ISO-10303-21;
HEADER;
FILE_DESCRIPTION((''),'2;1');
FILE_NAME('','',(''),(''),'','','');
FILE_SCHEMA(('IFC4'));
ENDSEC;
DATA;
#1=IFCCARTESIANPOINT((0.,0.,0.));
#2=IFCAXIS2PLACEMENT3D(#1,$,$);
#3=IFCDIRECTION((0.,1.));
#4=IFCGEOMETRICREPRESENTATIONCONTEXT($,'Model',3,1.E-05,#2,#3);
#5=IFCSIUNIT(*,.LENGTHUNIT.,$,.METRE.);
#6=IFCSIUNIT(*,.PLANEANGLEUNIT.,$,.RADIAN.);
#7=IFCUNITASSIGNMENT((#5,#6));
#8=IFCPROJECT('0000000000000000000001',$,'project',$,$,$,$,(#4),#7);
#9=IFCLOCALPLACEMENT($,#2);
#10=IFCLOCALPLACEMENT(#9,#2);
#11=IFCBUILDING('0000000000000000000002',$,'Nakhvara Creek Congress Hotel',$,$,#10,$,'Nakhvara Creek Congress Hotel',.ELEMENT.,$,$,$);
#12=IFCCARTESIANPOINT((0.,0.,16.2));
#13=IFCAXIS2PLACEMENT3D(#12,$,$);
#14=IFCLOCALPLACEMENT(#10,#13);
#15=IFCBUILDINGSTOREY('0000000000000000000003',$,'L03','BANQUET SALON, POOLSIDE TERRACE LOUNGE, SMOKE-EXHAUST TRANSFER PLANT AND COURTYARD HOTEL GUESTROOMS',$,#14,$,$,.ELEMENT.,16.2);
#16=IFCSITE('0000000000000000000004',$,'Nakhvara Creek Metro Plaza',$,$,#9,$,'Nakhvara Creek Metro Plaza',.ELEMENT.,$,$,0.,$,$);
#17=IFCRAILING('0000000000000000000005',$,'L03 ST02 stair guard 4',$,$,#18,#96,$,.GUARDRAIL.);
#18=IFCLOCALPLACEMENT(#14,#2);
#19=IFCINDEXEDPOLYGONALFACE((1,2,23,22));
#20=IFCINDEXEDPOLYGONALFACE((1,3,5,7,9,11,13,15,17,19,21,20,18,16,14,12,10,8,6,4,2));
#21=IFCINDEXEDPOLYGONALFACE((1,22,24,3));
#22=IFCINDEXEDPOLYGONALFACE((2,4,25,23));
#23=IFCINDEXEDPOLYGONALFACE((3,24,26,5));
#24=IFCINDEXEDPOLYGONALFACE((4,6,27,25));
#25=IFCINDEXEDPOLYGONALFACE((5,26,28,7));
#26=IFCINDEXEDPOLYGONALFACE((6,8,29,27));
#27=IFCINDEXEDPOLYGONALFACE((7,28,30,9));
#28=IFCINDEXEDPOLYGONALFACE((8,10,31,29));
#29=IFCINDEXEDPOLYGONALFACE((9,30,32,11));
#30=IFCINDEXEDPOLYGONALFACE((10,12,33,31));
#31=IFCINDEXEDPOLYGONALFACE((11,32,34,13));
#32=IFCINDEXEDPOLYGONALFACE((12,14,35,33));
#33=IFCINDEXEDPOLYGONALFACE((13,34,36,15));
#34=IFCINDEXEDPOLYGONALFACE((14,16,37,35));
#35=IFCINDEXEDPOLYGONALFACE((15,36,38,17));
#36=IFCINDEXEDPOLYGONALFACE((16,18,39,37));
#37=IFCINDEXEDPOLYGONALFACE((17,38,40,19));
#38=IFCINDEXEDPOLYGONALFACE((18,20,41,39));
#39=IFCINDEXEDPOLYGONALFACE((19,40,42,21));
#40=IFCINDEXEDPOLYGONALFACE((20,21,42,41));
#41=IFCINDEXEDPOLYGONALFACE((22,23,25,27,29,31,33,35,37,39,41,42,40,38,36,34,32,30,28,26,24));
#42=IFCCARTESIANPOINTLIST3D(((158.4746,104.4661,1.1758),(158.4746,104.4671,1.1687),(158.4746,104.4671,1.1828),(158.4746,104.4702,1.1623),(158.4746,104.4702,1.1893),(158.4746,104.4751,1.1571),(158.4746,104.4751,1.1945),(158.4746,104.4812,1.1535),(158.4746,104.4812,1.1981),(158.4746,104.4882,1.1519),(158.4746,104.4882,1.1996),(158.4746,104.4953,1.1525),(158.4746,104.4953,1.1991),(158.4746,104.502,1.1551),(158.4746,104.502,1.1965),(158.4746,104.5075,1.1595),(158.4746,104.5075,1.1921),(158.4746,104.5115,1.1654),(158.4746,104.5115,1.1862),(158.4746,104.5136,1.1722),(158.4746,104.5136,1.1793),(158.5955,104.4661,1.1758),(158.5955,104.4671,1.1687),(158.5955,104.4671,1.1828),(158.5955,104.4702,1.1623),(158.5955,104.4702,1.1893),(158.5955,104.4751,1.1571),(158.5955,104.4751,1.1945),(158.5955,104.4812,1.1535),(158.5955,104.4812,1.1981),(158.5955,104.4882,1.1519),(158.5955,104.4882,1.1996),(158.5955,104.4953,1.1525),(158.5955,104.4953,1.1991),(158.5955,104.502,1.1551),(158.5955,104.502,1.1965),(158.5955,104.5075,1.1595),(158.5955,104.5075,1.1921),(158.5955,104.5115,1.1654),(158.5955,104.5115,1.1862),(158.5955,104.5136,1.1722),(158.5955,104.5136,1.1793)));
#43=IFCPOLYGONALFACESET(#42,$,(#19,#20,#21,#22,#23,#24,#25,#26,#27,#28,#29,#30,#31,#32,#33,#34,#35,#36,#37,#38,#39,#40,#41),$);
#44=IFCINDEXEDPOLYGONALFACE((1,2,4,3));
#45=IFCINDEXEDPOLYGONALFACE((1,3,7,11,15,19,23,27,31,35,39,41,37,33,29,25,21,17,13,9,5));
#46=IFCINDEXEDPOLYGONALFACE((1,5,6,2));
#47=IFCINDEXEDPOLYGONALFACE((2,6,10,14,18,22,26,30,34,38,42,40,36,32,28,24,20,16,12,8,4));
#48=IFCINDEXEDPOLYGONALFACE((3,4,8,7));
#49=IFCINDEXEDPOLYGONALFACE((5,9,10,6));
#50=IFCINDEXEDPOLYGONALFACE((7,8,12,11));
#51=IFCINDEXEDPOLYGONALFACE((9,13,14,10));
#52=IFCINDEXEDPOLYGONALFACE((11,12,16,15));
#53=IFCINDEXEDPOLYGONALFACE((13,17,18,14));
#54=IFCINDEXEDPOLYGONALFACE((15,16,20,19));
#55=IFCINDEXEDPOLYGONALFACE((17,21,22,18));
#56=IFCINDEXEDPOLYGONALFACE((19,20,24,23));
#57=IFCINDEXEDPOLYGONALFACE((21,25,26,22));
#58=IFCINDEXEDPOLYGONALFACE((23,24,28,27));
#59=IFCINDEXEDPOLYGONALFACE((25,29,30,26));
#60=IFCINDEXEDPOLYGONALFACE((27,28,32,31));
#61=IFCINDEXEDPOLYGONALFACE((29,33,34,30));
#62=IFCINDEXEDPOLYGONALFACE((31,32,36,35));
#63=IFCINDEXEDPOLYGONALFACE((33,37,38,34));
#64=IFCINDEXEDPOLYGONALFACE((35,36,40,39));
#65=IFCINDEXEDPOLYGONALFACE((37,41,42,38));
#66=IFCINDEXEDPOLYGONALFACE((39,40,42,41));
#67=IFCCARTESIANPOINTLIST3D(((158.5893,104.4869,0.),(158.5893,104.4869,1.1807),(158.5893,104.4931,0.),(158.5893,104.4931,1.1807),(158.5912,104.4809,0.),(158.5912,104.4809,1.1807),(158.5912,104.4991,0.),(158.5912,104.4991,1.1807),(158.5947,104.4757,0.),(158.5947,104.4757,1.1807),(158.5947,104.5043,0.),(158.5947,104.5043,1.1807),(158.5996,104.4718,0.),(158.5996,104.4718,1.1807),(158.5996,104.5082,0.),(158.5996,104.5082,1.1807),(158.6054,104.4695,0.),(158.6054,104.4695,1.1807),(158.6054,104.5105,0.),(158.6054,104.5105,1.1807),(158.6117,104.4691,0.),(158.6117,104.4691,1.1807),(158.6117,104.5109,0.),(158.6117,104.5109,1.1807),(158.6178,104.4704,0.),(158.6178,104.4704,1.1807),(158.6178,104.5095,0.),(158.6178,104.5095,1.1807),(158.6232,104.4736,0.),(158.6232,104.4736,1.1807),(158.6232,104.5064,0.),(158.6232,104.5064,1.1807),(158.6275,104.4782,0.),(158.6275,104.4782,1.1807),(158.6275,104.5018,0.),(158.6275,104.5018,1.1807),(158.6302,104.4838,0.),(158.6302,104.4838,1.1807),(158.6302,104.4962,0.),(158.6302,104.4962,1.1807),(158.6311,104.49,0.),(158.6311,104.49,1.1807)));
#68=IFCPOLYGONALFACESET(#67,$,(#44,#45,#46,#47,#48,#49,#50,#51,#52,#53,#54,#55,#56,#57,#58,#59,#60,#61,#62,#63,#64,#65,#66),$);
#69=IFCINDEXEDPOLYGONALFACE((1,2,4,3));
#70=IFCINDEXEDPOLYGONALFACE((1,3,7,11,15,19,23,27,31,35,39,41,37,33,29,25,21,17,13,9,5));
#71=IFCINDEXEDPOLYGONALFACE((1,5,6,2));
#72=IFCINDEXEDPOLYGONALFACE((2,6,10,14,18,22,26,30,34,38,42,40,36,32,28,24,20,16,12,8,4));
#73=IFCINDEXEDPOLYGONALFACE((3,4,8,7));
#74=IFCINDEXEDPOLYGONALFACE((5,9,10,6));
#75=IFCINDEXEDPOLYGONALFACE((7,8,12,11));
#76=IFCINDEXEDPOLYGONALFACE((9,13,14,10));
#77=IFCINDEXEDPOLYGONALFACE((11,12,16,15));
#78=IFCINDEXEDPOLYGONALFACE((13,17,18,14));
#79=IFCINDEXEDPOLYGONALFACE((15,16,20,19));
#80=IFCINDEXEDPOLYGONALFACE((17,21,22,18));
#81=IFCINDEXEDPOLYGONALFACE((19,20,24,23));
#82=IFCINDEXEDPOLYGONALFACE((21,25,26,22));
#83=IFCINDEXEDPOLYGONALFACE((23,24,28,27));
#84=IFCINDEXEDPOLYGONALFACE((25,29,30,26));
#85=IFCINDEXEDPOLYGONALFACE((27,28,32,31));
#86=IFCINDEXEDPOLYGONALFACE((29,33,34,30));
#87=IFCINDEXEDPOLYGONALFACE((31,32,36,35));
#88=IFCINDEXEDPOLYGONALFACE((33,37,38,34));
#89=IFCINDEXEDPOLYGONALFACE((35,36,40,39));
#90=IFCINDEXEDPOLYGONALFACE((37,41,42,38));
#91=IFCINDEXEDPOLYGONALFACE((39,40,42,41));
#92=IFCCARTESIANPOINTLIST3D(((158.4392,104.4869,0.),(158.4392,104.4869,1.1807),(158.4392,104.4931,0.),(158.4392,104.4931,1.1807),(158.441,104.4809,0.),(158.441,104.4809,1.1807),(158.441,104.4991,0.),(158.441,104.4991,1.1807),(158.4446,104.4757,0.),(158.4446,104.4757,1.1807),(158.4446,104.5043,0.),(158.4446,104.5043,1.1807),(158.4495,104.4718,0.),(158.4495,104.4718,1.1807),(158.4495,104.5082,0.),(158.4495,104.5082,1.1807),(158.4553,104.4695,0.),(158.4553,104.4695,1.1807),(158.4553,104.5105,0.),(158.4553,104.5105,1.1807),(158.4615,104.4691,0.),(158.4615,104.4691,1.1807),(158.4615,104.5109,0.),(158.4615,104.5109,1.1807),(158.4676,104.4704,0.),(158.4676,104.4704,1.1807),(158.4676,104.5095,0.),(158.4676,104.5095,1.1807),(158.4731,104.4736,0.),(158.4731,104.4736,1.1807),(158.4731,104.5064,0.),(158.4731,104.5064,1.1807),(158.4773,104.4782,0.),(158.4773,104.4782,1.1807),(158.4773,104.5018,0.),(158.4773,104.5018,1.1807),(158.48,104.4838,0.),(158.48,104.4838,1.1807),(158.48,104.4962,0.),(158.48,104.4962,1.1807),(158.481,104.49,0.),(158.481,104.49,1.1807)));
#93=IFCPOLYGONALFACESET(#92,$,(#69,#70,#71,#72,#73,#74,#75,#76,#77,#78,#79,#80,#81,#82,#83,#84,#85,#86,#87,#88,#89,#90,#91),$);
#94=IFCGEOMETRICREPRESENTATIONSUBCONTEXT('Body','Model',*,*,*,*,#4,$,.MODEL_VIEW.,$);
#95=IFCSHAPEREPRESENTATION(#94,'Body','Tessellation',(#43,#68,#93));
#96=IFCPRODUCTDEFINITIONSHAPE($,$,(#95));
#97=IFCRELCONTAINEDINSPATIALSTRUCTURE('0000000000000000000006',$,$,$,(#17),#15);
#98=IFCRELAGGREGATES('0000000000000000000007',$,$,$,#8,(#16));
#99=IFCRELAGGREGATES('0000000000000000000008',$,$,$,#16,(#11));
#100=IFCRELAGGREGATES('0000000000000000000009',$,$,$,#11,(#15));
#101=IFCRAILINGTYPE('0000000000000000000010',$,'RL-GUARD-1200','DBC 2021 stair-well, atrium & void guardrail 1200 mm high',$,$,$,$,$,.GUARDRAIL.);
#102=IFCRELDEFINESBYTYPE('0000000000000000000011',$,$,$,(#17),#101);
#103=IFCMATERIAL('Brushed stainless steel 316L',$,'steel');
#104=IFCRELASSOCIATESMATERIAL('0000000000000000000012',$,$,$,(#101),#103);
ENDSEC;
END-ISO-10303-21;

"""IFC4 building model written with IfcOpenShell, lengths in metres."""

from ifc_helpers import new_model, si_unit, direction, frame, origin, origin_2d, place, context, subcontext, project, spatial, circle, extrude, material, type_object, element, save


model = new_model("IFC4")

# Units and contexts
model_context = context("Model", 3, precision=1e-05, world=origin(), true_north=direction((0.0, 1.0)))
body_context = subcontext(model_context, "Body", "Model", "MODEL_VIEW")
ifc_project = project(units=[si_unit("LENGTHUNIT", "METRE"), si_unit("PLANEANGLEUNIT", "RADIAN")], contexts=[model_context])

# Site, building, storey
site_placement = place(None, origin())
site = spatial("IfcSite", under=ifc_project, at=site_placement, Name="Nakhvara Creek Metro Plaza", LongName="Nakhvara Creek Metro Plaza", CompositionType="ELEMENT", RefElevation=0.0)
building_placement = place(site_placement, origin())
building = spatial("IfcBuilding", under=site, at=building_placement, Name="Nakhvara Creek Congress Hotel", LongName="Nakhvara Creek Congress Hotel", CompositionType="ELEMENT")
storey_placement = place(building_placement, frame((0.0, 0.0, 16.2)))
storey = spatial("IfcBuildingStorey", under=building, at=storey_placement, Name="L03", Description="BANQUET SALON, POOLSIDE TERRACE LOUNGE, SMOKE-EXHAUST TRANSFER PLANT AND COURTYARD HOTEL GUESTROOMS", CompositionType="ELEMENT", Elevation=16.2)

# Railing
ifc_material_1 = material(Name="Brushed stainless steel 316L", Category="steel")
railing_type = type_object("IfcRailingType", Name="RL-GUARD-1200", Description="DBC 2021 stair-well, atrium & void guardrail 1200 mm high", PredefinedType="GUARDRAIL", material=ifc_material_1)
railing_1_placement = place(storey_placement, frame((158.6101, 104.49, 0.0)))
element("IfcRailing", 1, at=railing_1_placement, inside=storey, type_object=railing_type, Name="L03 ST02 stair guard 4", PredefinedType="GUARDRAIL", context=body_context, shape_type="SweptSolid", body=[
    extrude(circle(Radius=0.0239, at=origin_2d()), frame((-0.0146, 0.0, 1.1758), z_axis=(-1.0, 0.0, 0.0), x_axis=(0.0, -1.0, 0.0)), (0.0, 0.0, 1.0), 0.1208),
    extrude(circle(Radius=0.021, at=origin_2d()), origin(), (0.0, 0.0, 1.0), 1.1807),
    extrude(circle(Radius=0.021, at=origin_2d()), frame((-0.1501, 0.0, 0.0)), (0.0, 0.0, 1.0), 1.1807),
])

save(model, "model.ifc")
